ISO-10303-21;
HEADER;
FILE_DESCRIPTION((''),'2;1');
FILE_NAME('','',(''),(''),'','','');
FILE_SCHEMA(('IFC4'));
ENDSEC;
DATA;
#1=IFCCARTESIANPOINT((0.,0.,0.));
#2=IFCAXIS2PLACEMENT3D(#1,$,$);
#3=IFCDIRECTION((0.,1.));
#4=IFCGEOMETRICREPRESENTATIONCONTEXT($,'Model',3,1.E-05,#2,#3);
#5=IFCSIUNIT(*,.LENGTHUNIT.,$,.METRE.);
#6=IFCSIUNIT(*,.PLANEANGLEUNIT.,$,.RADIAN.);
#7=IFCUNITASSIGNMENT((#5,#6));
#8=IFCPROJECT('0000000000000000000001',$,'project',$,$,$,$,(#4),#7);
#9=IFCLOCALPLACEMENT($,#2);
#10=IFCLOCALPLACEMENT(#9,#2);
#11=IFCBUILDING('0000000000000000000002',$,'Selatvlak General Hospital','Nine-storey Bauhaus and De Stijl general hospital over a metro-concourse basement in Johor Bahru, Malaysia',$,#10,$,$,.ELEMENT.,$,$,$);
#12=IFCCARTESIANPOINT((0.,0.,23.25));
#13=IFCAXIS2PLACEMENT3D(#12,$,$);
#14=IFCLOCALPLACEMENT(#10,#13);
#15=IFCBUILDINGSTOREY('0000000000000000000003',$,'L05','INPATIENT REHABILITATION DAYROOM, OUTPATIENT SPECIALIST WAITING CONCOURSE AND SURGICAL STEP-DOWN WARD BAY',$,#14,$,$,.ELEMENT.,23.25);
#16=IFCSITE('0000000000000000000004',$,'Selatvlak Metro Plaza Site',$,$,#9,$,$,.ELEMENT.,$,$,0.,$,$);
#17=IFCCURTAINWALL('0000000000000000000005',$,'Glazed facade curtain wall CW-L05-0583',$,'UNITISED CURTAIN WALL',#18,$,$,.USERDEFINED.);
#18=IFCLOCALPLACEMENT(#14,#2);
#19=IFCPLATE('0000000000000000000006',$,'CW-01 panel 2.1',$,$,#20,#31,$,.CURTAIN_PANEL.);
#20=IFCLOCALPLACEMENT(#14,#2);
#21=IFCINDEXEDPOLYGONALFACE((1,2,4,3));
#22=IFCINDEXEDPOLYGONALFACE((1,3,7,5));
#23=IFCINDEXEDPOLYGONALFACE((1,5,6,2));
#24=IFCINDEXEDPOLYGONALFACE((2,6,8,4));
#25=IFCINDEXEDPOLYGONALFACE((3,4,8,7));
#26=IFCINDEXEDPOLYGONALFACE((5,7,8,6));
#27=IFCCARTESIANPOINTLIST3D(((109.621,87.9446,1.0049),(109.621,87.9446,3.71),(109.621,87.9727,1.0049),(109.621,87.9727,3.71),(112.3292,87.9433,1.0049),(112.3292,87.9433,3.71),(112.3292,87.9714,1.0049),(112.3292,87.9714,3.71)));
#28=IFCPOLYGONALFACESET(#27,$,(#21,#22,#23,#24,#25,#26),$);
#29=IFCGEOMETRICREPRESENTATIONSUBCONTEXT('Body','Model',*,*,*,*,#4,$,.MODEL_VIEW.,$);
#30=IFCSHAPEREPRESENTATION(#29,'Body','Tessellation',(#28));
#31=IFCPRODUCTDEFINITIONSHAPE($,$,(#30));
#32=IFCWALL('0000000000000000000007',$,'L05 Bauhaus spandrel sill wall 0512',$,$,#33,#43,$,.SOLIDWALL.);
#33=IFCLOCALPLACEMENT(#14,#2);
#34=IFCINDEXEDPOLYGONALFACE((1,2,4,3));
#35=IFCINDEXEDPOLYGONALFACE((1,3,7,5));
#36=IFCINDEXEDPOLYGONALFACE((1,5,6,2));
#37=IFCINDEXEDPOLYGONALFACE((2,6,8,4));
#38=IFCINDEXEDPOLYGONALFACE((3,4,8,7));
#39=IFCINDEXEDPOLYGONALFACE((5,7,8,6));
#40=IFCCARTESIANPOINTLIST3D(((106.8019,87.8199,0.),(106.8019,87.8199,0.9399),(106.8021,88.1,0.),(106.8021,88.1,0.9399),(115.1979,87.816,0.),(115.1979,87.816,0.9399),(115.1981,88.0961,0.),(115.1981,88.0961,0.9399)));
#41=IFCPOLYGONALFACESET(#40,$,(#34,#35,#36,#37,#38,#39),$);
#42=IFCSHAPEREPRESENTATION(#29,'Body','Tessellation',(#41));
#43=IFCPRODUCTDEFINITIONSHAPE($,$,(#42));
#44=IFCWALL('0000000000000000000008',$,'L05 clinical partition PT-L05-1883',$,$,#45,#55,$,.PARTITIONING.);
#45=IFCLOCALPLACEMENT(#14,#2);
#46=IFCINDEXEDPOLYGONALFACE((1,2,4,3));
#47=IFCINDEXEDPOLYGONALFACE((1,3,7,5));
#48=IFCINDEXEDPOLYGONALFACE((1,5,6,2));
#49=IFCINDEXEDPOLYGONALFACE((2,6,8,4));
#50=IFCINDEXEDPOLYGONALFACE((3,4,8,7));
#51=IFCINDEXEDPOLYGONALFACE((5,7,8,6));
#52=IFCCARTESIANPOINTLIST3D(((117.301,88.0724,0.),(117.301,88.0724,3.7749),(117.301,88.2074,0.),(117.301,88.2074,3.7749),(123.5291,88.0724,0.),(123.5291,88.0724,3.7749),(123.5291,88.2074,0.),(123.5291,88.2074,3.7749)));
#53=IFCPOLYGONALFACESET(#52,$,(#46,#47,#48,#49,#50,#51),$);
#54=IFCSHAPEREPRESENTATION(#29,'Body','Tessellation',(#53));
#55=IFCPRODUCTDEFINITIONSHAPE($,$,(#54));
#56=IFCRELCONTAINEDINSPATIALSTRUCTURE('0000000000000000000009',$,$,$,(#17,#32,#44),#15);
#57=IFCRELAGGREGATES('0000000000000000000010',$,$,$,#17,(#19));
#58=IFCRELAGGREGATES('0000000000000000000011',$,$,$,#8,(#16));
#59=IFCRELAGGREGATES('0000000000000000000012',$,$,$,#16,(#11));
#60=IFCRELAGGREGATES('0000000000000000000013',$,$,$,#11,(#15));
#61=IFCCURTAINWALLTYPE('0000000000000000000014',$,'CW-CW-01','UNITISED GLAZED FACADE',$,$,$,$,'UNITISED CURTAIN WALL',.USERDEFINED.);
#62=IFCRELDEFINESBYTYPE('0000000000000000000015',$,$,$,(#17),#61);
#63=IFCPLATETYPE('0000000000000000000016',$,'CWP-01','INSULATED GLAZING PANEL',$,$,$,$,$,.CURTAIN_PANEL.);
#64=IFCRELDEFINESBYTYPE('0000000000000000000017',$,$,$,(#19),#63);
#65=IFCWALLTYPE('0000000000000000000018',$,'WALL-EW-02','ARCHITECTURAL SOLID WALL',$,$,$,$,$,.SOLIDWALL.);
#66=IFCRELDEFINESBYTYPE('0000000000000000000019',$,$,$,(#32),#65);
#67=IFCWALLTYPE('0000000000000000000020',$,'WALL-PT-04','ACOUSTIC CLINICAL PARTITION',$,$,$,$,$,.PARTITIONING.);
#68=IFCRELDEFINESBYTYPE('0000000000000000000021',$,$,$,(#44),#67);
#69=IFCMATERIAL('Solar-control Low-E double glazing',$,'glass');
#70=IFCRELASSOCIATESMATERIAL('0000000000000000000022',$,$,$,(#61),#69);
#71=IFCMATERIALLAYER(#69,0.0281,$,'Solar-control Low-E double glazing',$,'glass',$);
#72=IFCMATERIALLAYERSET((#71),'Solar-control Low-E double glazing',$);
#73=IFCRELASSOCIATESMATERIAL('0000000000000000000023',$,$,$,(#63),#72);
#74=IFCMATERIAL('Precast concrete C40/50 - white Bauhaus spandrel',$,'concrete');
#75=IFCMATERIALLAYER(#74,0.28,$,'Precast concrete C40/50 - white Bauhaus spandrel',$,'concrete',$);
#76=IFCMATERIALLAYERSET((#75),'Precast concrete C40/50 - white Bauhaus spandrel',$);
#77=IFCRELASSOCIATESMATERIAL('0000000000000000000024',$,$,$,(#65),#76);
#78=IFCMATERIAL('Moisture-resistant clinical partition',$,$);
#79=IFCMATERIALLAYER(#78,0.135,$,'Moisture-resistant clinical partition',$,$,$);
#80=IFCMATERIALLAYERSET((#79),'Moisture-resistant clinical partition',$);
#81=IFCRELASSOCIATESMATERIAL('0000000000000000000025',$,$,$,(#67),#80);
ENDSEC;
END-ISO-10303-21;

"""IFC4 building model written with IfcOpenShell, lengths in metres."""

from ifc_helpers import new_model, si_unit, direction, frame, frame_2d, origin, origin_2d, place, context, subcontext, project, spatial, rectangle, extrude, material, layer, layer_set, type_object, element, aggregate, save


model = new_model("IFC4")

# Units and contexts
model_context = context("Model", 3, precision=1e-05, world=origin(), true_north=direction((0.0, 1.0)))
body_context = subcontext(model_context, "Body", "Model", "MODEL_VIEW")
ifc_project = project(units=[si_unit("LENGTHUNIT", "METRE"), si_unit("PLANEANGLEUNIT", "RADIAN")], contexts=[model_context])

# Site, building, storey
site_placement = place(None, origin())
site = spatial("IfcSite", under=ifc_project, at=site_placement, Name="Selatvlak Metro Plaza Site", CompositionType="ELEMENT", RefElevation=0.0)
building_placement = place(site_placement, origin())
building = spatial("IfcBuilding", under=site, at=building_placement, Name="Selatvlak General Hospital", Description="Nine-storey Bauhaus and De Stijl general hospital over a metro-concourse basement in Johor Bahru, Malaysia", CompositionType="ELEMENT")
storey_placement = place(building_placement, frame((0.0, 0.0, 23.25)))
storey = spatial("IfcBuildingStorey", under=building, at=storey_placement, Name="L05", Description="INPATIENT REHABILITATION DAYROOM, OUTPATIENT SPECIALIST WAITING CONCOURSE AND SURGICAL STEP-DOWN WARD BAY", CompositionType="ELEMENT", Elevation=23.25)

# Curtain wall
ifc_material_1 = material(Name="Solar-control Low-E double glazing", Category="glass")
curtain_wall_type_1 = type_object("IfcCurtainWallType", Name="CW-CW-01", Description="UNITISED GLAZED FACADE", ElementType="UNITISED CURTAIN WALL", PredefinedType="USERDEFINED", material=ifc_material_1)
curtain_wall_1_placement = place(storey_placement, origin())
curtain_wall_1 = element("IfcCurtainWall", 1, at=curtain_wall_1_placement, inside=storey, type_object=curtain_wall_type_1, Name="Glazed facade curtain wall CW-L05-0583", ObjectType="UNITISED CURTAIN WALL", PredefinedType="USERDEFINED")

# Plate
ifc_layer_1 = layer(ifc_material_1, 0.0281, Name="Solar-control Low-E double glazing", Category="glass")
ifc_layer_set_1 = layer_set([ifc_layer_1], Name="Solar-control Low-E double glazing")
plate_type = type_object("IfcPlateType", Name="CWP-01", Description="INSULATED GLAZING PANEL", PredefinedType="CURTAIN_PANEL", material=ifc_layer_set_1)
plate_1_placement = place(storey_placement, frame((110.9751, 87.958, 1.0049), z_axis=(0.0, 0.0, 1.0), x_axis=(-1.0, 0.000481, 0.0)))
plate_1 = element("IfcPlate", 2, at=plate_1_placement, type_object=plate_type, Name="CW-01 panel 2.1", PredefinedType="CURTAIN_PANEL", context=body_context, shape_type="SweptSolid", body=[
    extrude(rectangle(XDim=2.7083, YDim=0.0281, at=origin_2d()), origin(), (0.0, 0.0, 1.0), 2.7051),
])
aggregate(curtain_wall_1, [plate_1])

# Walls
ifc_material_2 = material(Name="Precast concrete C40/50 - white Bauhaus spandrel", Category="concrete")
ifc_layer_2 = layer(ifc_material_2, 0.28, Name="Precast concrete C40/50 - white Bauhaus spandrel", Category="concrete")
ifc_layer_set_2 = layer_set([ifc_layer_2], Name="Precast concrete C40/50 - white Bauhaus spandrel")
wall_type_1 = type_object("IfcWallType", Name="WALL-EW-02", Description="ARCHITECTURAL SOLID WALL", PredefinedType="SOLIDWALL", material=ifc_layer_set_2)
wall_1_placement = place(storey_placement, frame((115.198, 87.9561, 0.0), z_axis=(0.0, 0.0, 1.0), x_axis=(-1.0, 0.000465, 0.0)))
element("IfcWall", 3, at=wall_1_placement, inside=storey, type_object=wall_type_1, Name="L05 Bauhaus spandrel sill wall 0512", PredefinedType="SOLIDWALL", context=body_context, shape_type="SweptSolid", body=[
    extrude(rectangle(XDim=8.396, YDim=0.28, at=frame_2d((4.198, 0.0))), origin(), (0.0, 0.0, 1.0), 0.9399),
])
ifc_material_3 = material(Name="Moisture-resistant clinical partition")
ifc_layer_3 = layer(ifc_material_3, 0.135, Name="Moisture-resistant clinical partition")
ifc_layer_set_3 = layer_set([ifc_layer_3], Name="Moisture-resistant clinical partition")
wall_type_2 = type_object("IfcWallType", Name="WALL-PT-04", Description="ACOUSTIC CLINICAL PARTITION", PredefinedType="PARTITIONING", material=ifc_layer_set_3)
wall_2_placement = place(storey_placement, frame((123.5291, 88.1399, 0.0), z_axis=(0.0, 0.0, 1.0), x_axis=(-1.0, 0.0, 0.0)))
element("IfcWall", 4, at=wall_2_placement, inside=storey, type_object=wall_type_2, Name="L05 clinical partition PT-L05-1883", PredefinedType="PARTITIONING", context=body_context, shape_type="SweptSolid", body=[
    extrude(rectangle(XDim=6.228, YDim=0.135, at=frame_2d((3.114, 0.0))), origin(), (0.0, 0.0, 1.0), 3.7749),
])

save(model, "model.ifc")
